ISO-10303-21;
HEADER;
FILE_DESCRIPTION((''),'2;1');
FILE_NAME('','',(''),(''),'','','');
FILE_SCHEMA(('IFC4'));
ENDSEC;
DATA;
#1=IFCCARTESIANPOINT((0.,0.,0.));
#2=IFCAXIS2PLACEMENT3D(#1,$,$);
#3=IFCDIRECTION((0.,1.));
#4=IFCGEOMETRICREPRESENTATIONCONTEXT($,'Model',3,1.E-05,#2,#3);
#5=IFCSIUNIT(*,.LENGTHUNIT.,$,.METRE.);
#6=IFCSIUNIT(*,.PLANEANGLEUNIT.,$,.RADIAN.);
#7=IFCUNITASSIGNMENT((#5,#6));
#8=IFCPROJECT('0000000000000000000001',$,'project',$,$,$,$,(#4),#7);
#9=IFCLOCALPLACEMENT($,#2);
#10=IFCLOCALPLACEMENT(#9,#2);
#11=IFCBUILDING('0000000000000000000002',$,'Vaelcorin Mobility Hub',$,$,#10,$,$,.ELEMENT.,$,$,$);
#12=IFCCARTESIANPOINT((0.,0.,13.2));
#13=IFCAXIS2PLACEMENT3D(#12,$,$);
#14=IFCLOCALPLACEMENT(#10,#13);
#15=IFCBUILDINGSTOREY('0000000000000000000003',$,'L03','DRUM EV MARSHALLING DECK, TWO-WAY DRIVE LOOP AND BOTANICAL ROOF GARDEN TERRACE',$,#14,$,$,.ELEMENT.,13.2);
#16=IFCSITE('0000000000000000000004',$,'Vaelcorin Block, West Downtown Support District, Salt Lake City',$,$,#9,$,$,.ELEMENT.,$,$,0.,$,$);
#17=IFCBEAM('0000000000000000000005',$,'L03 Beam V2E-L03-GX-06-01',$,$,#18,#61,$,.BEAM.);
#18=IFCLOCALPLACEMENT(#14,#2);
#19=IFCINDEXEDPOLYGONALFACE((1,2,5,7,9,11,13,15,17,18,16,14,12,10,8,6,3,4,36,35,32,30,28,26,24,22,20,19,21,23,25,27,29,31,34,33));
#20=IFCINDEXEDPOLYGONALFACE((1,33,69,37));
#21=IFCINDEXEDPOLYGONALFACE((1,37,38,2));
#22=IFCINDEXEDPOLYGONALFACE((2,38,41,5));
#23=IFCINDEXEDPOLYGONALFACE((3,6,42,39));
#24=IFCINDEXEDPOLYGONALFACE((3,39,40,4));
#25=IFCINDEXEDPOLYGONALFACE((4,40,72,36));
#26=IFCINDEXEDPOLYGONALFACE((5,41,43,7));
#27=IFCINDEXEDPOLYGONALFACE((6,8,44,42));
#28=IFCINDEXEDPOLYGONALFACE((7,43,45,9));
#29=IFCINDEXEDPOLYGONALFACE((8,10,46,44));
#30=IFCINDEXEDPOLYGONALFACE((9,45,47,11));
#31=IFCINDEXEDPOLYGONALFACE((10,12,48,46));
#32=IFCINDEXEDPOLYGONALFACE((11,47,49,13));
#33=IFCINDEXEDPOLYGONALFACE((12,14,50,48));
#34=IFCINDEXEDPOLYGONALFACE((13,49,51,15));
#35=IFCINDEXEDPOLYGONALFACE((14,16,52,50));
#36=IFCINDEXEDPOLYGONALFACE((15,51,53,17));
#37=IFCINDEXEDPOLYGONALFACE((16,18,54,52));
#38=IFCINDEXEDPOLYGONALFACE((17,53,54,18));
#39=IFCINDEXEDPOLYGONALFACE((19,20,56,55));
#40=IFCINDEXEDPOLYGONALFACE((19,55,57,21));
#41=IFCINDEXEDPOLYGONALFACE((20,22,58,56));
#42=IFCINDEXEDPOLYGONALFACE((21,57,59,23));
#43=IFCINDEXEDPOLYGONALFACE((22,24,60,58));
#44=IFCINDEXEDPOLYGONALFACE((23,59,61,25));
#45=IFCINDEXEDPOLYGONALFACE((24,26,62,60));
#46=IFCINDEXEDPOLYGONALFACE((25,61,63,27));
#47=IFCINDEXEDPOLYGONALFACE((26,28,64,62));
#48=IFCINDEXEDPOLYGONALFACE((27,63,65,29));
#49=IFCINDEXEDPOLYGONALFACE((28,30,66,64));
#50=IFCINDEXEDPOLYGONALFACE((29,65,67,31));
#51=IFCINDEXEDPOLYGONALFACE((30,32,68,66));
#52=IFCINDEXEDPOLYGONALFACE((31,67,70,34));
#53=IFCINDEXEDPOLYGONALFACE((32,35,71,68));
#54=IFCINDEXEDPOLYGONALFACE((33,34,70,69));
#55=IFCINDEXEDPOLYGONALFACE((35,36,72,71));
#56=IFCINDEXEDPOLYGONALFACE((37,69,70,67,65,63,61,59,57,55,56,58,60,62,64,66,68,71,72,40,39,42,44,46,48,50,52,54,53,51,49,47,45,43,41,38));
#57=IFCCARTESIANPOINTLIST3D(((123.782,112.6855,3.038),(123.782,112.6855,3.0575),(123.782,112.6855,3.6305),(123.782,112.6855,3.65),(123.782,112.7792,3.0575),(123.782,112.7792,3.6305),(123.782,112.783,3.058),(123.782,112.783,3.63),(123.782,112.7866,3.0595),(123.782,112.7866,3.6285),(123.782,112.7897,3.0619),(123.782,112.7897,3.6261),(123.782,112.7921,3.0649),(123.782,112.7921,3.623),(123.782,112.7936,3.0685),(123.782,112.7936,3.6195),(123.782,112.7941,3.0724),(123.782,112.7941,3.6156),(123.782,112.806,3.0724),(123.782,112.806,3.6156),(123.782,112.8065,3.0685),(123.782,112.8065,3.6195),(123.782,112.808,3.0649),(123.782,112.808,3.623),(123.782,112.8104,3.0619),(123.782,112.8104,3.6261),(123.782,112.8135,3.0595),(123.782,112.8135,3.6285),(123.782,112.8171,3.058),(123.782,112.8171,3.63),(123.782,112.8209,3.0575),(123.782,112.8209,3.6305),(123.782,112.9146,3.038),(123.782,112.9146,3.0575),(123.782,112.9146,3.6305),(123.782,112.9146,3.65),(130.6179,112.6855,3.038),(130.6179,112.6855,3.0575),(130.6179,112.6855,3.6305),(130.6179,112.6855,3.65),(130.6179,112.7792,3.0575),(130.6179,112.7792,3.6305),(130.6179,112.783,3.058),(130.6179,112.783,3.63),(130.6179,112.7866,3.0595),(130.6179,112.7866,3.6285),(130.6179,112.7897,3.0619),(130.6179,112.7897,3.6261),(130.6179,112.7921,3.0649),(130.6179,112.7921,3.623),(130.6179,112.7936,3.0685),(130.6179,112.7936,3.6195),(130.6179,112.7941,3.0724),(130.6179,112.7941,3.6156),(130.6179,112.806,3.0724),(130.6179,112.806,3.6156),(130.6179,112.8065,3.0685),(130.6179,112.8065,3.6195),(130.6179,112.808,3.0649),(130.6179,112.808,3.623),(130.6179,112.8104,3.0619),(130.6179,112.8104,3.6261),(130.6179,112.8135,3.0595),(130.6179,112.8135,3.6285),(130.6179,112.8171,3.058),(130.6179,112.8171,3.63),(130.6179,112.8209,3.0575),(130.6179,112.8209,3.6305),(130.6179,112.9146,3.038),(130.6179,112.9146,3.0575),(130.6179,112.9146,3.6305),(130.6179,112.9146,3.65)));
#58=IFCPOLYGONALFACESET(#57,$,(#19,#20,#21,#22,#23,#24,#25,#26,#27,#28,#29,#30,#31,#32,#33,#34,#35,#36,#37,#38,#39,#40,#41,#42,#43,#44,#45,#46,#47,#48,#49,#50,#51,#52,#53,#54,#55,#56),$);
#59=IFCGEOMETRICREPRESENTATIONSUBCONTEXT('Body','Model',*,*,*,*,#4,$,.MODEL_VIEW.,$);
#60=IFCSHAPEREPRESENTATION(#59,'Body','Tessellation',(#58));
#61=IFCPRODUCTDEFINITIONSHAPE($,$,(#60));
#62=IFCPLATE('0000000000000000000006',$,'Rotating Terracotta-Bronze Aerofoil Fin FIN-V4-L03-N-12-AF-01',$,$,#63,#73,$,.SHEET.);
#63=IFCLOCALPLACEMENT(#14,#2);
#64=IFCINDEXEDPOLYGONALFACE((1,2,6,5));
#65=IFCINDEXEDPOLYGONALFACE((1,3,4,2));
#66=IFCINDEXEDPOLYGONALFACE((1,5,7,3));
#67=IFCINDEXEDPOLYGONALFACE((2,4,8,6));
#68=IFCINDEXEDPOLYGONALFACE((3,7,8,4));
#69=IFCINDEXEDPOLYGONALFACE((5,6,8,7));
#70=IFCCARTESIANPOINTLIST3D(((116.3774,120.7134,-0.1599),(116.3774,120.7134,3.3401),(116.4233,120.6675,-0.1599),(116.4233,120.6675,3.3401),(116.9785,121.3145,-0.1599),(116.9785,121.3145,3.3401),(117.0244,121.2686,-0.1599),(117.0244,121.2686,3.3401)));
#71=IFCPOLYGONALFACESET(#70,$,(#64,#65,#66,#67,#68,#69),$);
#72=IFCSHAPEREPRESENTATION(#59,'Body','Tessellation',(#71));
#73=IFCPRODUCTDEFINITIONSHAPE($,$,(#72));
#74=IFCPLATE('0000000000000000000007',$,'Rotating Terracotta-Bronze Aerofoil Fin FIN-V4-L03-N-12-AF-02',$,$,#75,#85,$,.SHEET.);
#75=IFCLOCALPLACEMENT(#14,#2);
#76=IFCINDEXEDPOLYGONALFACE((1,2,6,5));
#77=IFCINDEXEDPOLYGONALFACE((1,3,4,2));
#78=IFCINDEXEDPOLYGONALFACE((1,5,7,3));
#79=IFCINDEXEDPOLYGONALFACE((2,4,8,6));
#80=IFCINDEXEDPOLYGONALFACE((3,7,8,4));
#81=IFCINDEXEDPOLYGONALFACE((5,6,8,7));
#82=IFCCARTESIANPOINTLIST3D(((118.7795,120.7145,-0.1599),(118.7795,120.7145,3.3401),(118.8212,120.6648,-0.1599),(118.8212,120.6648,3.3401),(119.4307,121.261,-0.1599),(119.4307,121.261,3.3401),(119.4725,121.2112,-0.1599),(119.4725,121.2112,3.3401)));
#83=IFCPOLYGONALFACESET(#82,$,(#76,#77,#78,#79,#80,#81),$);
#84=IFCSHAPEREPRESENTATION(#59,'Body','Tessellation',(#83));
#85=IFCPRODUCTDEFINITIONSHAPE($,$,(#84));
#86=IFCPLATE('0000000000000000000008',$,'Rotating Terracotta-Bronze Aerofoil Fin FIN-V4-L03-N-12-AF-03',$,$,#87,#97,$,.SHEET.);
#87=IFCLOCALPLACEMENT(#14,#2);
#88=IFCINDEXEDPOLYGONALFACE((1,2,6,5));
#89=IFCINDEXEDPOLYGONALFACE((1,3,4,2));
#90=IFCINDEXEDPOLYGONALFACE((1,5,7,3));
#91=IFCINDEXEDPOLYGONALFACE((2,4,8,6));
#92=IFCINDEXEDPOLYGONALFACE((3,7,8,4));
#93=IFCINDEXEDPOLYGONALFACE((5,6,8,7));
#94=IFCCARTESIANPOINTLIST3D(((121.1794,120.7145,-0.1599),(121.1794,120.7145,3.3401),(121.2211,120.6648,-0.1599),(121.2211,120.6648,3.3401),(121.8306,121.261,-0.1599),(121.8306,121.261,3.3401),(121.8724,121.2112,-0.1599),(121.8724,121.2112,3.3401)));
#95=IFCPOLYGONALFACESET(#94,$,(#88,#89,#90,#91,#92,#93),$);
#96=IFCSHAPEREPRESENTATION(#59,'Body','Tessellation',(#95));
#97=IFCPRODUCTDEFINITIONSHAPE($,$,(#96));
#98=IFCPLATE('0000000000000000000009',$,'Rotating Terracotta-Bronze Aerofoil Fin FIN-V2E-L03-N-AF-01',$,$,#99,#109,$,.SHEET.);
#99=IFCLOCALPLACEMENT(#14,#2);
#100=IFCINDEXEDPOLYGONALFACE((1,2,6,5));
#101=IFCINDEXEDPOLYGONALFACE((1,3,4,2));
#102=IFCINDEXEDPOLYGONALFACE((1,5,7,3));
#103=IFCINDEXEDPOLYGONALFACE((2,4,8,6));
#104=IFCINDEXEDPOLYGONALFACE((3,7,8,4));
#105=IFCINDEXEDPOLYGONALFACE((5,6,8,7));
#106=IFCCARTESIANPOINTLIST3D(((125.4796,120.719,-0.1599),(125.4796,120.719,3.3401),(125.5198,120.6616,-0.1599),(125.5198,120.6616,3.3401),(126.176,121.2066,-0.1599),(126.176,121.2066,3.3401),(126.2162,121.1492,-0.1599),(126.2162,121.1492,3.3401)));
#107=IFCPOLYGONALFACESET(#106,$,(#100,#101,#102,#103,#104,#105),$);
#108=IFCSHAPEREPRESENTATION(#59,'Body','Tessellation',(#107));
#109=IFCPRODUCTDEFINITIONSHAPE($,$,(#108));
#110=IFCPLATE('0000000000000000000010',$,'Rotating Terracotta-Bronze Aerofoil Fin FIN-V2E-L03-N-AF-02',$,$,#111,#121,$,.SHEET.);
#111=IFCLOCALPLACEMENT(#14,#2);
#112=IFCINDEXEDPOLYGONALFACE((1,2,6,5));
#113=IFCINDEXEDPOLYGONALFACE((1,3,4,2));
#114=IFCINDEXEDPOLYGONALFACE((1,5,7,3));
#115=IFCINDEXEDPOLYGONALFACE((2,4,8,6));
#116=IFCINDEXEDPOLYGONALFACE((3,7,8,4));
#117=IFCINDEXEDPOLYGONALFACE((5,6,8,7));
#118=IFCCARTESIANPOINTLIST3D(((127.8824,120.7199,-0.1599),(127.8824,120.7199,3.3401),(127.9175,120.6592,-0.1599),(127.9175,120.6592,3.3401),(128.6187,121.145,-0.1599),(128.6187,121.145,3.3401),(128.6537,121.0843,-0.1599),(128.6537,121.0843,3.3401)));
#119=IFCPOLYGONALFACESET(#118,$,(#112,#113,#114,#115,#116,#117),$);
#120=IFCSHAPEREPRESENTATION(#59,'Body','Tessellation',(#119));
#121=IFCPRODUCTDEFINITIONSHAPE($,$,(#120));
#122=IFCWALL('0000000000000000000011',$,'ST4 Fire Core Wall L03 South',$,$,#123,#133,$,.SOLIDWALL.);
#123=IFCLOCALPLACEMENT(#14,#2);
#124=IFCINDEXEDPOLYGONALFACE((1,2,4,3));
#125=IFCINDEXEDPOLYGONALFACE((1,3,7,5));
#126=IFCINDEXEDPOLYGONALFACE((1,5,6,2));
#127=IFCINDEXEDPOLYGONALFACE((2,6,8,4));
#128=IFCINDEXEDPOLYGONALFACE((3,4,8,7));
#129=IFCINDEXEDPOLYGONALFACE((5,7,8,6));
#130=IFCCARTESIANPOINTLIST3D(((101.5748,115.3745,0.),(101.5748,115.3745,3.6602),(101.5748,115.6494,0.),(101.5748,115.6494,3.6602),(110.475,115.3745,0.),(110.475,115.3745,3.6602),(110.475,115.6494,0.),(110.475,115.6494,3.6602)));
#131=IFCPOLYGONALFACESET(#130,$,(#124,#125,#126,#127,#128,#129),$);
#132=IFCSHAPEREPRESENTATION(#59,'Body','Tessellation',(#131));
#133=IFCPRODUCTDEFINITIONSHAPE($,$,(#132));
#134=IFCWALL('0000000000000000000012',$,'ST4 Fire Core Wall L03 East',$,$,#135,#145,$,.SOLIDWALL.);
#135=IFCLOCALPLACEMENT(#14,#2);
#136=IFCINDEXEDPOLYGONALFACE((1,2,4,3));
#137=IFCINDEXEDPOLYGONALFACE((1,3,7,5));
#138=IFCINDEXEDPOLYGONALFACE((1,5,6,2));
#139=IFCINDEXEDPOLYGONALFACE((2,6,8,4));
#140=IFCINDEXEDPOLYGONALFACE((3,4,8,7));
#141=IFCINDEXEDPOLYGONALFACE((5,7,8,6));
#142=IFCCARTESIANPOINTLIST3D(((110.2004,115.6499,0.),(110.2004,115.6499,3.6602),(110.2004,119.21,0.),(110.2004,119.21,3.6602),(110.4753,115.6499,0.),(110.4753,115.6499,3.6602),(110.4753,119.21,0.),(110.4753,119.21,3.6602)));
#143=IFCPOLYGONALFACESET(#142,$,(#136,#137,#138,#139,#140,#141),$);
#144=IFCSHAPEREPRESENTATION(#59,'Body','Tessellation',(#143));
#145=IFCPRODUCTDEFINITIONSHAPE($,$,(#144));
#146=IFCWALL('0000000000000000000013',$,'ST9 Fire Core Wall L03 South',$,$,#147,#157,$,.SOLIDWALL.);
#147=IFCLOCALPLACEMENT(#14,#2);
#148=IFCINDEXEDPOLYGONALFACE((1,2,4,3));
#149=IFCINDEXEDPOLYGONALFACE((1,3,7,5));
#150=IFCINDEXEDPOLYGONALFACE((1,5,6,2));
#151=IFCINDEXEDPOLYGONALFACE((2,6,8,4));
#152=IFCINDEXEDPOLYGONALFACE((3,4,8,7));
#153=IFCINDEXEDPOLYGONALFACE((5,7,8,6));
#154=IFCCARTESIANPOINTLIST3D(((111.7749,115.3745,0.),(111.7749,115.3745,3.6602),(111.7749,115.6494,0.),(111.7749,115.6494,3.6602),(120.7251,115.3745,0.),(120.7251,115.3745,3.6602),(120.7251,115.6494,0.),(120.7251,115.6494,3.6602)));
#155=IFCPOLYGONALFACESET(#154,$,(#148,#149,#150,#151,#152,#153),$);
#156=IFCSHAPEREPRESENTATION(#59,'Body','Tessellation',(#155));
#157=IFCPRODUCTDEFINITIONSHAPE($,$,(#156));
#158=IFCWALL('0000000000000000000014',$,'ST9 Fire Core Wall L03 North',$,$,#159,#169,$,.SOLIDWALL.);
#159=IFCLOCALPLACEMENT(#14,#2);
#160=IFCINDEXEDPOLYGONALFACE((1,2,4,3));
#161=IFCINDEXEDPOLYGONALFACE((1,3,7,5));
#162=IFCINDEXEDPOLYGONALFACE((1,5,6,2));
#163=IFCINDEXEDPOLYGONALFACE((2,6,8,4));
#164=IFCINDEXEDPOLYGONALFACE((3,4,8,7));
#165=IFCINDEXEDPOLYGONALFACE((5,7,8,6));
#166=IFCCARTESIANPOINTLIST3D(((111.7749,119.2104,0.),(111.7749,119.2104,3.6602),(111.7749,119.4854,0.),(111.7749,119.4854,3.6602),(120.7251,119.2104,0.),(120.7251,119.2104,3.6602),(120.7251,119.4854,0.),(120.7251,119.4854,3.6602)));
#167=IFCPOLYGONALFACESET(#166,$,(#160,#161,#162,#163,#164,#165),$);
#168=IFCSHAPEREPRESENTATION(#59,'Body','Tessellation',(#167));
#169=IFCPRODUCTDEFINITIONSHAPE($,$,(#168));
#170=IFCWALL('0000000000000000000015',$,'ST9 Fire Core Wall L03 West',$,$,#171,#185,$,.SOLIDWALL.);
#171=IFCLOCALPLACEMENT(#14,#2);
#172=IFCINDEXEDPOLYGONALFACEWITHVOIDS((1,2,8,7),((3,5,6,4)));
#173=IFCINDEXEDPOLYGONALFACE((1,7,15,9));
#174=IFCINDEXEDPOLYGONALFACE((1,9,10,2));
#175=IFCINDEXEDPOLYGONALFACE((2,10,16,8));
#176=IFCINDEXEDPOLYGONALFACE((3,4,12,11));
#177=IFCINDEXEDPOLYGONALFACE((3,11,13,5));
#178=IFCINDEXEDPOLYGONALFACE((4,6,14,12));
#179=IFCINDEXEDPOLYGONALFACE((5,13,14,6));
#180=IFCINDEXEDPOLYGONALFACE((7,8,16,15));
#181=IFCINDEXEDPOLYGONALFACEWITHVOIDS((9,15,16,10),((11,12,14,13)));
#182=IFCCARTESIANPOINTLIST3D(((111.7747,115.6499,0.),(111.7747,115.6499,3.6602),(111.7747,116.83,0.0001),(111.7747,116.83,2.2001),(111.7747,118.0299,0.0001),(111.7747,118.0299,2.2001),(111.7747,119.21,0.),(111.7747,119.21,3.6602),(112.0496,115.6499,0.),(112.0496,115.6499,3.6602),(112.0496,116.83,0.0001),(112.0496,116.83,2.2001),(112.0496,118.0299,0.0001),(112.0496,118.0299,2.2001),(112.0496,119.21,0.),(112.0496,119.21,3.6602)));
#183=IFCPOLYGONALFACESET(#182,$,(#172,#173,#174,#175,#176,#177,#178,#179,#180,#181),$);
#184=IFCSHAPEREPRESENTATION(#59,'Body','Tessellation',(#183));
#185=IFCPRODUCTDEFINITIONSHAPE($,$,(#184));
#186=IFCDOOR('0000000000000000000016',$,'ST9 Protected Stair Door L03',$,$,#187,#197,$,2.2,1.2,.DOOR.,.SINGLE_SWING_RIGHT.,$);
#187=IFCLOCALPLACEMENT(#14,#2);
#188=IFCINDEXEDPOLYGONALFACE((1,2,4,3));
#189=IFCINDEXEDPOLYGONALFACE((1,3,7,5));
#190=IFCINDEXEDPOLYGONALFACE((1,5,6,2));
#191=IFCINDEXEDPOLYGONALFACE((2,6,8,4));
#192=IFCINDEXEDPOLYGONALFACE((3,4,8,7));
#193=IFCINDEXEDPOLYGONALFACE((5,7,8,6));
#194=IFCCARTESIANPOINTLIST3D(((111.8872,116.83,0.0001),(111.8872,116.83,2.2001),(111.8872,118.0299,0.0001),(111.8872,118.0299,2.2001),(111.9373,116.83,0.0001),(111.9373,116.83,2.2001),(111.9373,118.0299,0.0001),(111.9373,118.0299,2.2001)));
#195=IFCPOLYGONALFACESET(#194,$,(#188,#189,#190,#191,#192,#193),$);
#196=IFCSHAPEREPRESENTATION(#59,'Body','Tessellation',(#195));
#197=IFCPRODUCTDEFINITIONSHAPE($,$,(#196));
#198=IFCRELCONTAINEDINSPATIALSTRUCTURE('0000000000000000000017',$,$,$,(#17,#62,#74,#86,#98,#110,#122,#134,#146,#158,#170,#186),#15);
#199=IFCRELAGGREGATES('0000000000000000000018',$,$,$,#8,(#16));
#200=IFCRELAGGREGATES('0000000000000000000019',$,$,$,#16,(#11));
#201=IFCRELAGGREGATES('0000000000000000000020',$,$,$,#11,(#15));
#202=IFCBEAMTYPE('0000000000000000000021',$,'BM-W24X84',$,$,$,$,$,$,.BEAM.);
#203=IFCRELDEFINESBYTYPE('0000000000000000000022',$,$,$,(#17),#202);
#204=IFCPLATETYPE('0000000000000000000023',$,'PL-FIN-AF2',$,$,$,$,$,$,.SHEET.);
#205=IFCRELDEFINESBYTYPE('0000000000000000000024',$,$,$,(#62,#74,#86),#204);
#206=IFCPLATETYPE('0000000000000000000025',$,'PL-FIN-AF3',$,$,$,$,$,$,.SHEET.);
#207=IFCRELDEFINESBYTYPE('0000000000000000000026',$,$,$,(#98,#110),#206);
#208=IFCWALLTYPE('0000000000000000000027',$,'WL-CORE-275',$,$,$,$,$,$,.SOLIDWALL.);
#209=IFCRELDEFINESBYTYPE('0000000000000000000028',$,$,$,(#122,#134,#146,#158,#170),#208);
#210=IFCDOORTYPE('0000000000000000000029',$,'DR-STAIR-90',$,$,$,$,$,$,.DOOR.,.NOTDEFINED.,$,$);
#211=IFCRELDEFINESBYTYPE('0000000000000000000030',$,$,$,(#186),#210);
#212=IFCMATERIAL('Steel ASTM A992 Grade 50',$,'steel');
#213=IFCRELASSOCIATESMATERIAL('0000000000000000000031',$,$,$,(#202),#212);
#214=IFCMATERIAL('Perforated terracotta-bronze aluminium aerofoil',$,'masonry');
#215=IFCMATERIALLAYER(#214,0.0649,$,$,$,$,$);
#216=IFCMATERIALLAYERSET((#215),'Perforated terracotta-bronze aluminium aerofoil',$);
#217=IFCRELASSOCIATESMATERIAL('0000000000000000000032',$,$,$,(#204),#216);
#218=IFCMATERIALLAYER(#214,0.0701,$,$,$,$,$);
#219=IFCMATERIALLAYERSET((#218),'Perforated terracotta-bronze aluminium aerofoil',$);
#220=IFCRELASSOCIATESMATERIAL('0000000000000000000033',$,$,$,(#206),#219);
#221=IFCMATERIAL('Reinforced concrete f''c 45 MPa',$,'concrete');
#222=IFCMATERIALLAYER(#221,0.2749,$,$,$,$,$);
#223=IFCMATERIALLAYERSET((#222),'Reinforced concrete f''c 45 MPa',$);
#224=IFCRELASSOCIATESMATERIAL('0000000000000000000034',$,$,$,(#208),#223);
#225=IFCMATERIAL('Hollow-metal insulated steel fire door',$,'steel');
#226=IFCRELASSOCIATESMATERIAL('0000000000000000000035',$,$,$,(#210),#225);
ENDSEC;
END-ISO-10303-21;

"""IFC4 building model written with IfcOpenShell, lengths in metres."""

from ifc_helpers import new_model, si_unit, direction, frame, frame_2d, origin, origin_2d, place, context, subcontext, project, spatial, rectangle, i_section, extrude, material, layer, layer_set, material_profile, profile_set, type_object, element, fill, save


model = new_model("IFC4")

# Units and contexts
model_context = context("Model", 3, precision=1e-05, world=origin(), true_north=direction((0.0, 1.0)))
body_context = subcontext(model_context, "Body", "Model", "MODEL_VIEW")
ifc_project = project(units=[si_unit("LENGTHUNIT", "METRE"), si_unit("PLANEANGLEUNIT", "RADIAN")], contexts=[model_context])

# Site, building, storey
site_placement = place(None, origin())
site = spatial("IfcSite", under=ifc_project, at=site_placement, Name="Vaelcorin Block, West Downtown Support District, Salt Lake City", CompositionType="ELEMENT", RefElevation=0.0)
building_placement = place(site_placement, origin())
building = spatial("IfcBuilding", under=site, at=building_placement, Name="Vaelcorin Mobility Hub", CompositionType="ELEMENT")
storey_placement = place(building_placement, frame((0.0, 0.0, 13.2)))
storey = spatial("IfcBuildingStorey", under=building, at=storey_placement, Name="L03", Description="DRUM EV MARSHALLING DECK, TWO-WAY DRIVE LOOP AND BOTANICAL ROOF GARDEN TERRACE", CompositionType="ELEMENT", Elevation=13.2)

# Shared definitions
ifc_material_1 = material(Name="Steel ASTM A992 Grade 50", Category="steel")

# Beam
ifc_material_profile_1 = material_profile(ifc_material_1, i_section(OverallWidth=0.229, OverallDepth=0.6121, WebThickness=0.012, FlangeThickness=0.0195, FilletRadius=0.0149, at=origin_2d()), Name="W24X84")
ifc_profile_set_1 = profile_set([ifc_material_profile_1], Name="Steel ASTM A992 Grade 50")
beam_type_1 = type_object("IfcBeamType", Name="BM-W24X84", PredefinedType="BEAM", material=ifc_profile_set_1)
beam_1_placement = place(storey_placement, frame((123.782, 112.8, 3.344), z_axis=(1.0, 0.0, 0.0), x_axis=(0.0, 1.0, 0.0)))
element("IfcBeam", 1, at=beam_1_placement, inside=storey, type_object=beam_type_1, Name="L03 Beam V2E-L03-GX-06-01", PredefinedType="BEAM", context=body_context, shape_type="SweptSolid", body=[
    extrude(i_section(OverallWidth=0.229, OverallDepth=0.6121, WebThickness=0.012, FlangeThickness=0.0195, FilletRadius=0.0149, at=origin_2d()), origin(), (0.0, 0.0, 1.0), 6.8359),
])

# Plates
ifc_material_2 = material(Name="Perforated terracotta-bronze aluminium aerofoil", Category="masonry")
ifc_layer_1 = layer(ifc_material_2, 0.0649)
ifc_layer_set_1 = layer_set([ifc_layer_1], Name="Perforated terracotta-bronze aluminium aerofoil")
plate_type_1 = type_object("IfcPlateType", Name="PL-FIN-AF2", PredefinedType="SHEET", material=ifc_layer_set_1)
for number, where, z_axis, x_axis, name in (
    (2, (116.7009, 120.991, -0.1599), (0.0, 0.0, 1.0), (0.707107, 0.707107, 0.0), "Rotating Terracotta-Bronze Aerofoil Fin FIN-V4-L03-N-12-AF-01"),
    (3, (119.126, 120.9629, -0.1599), (0.0, 0.0, 1.0), (0.766044, 0.642788, 0.0), "Rotating Terracotta-Bronze Aerofoil Fin FIN-V4-L03-N-12-AF-02"),
    (4, (121.5259, 120.9629, -0.1599), (0.0, 0.0, 1.0), (0.766044, 0.642788, 0.0), "Rotating Terracotta-Bronze Aerofoil Fin FIN-V4-L03-N-12-AF-03"),
):
    element("IfcPlate", number, at=place(storey_placement, frame(where, z_axis=z_axis, x_axis=x_axis)), inside=storey, type_object=plate_type_1, Name=name, PredefinedType="SHEET", context=body_context, shape_type="SweptSolid", body=[
        extrude(rectangle(XDim=0.8501, YDim=0.0649, at=origin_2d()), origin(), (0.0, 0.0, 1.0), 3.5),
    ])
ifc_layer_2 = layer(ifc_material_2, 0.0701)
ifc_layer_set_2 = layer_set([ifc_layer_2], Name="Perforated terracotta-bronze aluminium aerofoil")
plate_type_2 = type_object("IfcPlateType", Name="PL-FIN-AF3", PredefinedType="SHEET", material=ifc_layer_set_2)
for number, where, z_axis, x_axis, name in (
    (5, (125.8479, 120.9341, -0.1599), (0.0, 0.0, 1.0), (0.819152, 0.573576, 0.0), "Rotating Terracotta-Bronze Aerofoil Fin FIN-V2E-L03-N-AF-01"),
    (6, (128.2681, 120.9021, -0.1599), (0.0, 0.0, 1.0), (0.866025, 0.5, 0.0), "Rotating Terracotta-Bronze Aerofoil Fin FIN-V2E-L03-N-AF-02"),
):
    element("IfcPlate", number, at=place(storey_placement, frame(where, z_axis=z_axis, x_axis=x_axis)), inside=storey, type_object=plate_type_2, Name=name, PredefinedType="SHEET", context=body_context, shape_type="SweptSolid", body=[
        extrude(rectangle(XDim=0.8501, YDim=0.0701, at=origin_2d()), origin(), (0.0, 0.0, 1.0), 3.5),
    ])

# Walls
ifc_material_3 = material(Name="Reinforced concrete f'c 45 MPa", Category="concrete")
ifc_layer_3 = layer(ifc_material_3, 0.2749)
ifc_layer_set_3 = layer_set([ifc_layer_3], Name="Reinforced concrete f'c 45 MPa")
wall_type = type_object("IfcWallType", Name="WL-CORE-275", PredefinedType="SOLIDWALL", material=ifc_layer_set_3)
wall_1_placement = place(storey_placement, frame((110.4751, 115.512, 0.0), z_axis=(0.0, 0.0, 1.0), x_axis=(-1.0, 0.0, 0.0)))
element("IfcWall", 7, at=wall_1_placement, inside=storey, type_object=wall_type, Name="ST4 Fire Core Wall L03 South", PredefinedType="SOLIDWALL", context=body_context, shape_type="SweptSolid", body=[
    extrude(rectangle(XDim=8.9001, YDim=0.2749, at=frame_2d((4.4502, 0.0))), origin(), (0.0, 0.0, 1.0), 3.6602),
])
wall_2_placement = place(storey_placement, frame((110.3379, 119.21, 0.0), z_axis=(0.0, 0.0, 1.0), x_axis=(0.0, -1.0, 0.0)))
element("IfcWall", 8, at=wall_2_placement, inside=storey, type_object=wall_type, Name="ST4 Fire Core Wall L03 East", PredefinedType="SOLIDWALL", context=body_context, shape_type="SweptSolid", body=[
    extrude(rectangle(XDim=3.5601, YDim=0.2749, at=frame_2d((1.78, 0.0))), origin(), (0.0, 0.0, 1.0), 3.6602),
])
for number, where, z_axis, x_axis, name in (
    (9, (120.7251, 115.512, 0.0), (0.0, 0.0, 1.0), (-1.0, 0.0, 0.0), "ST9 Fire Core Wall L03 South"),
    (10, (111.7749, 119.3479, 0.0), (0.0, 0.0, 1.0), (1.0, 0.0, 0.0), "ST9 Fire Core Wall L03 North"),
):
    element("IfcWall", number, at=place(storey_placement, frame(where, z_axis=z_axis, x_axis=x_axis)), inside=storey, type_object=wall_type, Name=name, PredefinedType="SOLIDWALL", context=body_context, shape_type="SweptSolid", body=[
        extrude(rectangle(XDim=8.9502, YDim=0.2749, at=frame_2d((4.4751, 0.0))), origin(), (0.0, 0.0, 1.0), 3.6602),
    ])

# Wall, opening, door
wall_3_placement = place(storey_placement, frame((111.9121, 115.6499, 0.0), z_axis=(0.0, 0.0, 1.0), x_axis=(0.0, 1.0, 0.0)))
wall_3 = element("IfcWall", 11, at=wall_3_placement, inside=storey, type_object=wall_type, Name="ST9 Fire Core Wall L03 West", PredefinedType="SOLIDWALL", context=body_context, shape_type="SweptSolid", body=[
    extrude(rectangle(XDim=3.5601, YDim=0.2749, at=frame_2d((1.78, 0.0))), origin(), (0.0, 0.0, 1.0), 3.6602),
])
opening_placement = place(wall_3_placement, frame((1.1799, 0.0, 0.0)))
opening = element("IfcOpeningElement", 12, at=opening_placement, cuts=wall_3, PredefinedType="OPENING", context=body_context, shape_type="SweptSolid", body=[
    extrude(rectangle(XDim=1.2, YDim=2.2, at=frame_2d((0.6001, 1.1001))), frame((0.0, 0.1475, 0.0), z_axis=(0.0, -1.0, 0.0), x_axis=(1.0, 0.0, 0.0)), (0.0, 0.0, 1.0), 0.2949),
])
ifc_material_4 = material(Name="Hollow-metal insulated steel fire door", Category="steel")
door_type = type_object("IfcDoorType", Name="DR-STAIR-90", OperationType="NOTDEFINED", PredefinedType="DOOR", material=ifc_material_4)
door_placement = place(opening_placement, origin())
door = element("IfcDoor", 13, at=door_placement, inside=storey, type_object=door_type, Name="ST9 Protected Stair Door L03", OperationType="SINGLE_SWING_RIGHT", OverallHeight=2.2, OverallWidth=1.2, PredefinedType="DOOR", context=body_context, shape_type="SweptSolid", body=[
    extrude(rectangle(XDim=1.2, YDim=2.2, at=frame_2d((0.6001, 1.1001))), frame((0.0, 0.0249, 0.0), z_axis=(0.0, -1.0, 0.0), x_axis=(1.0, 0.0, 0.0)), (0.0, 0.0, 1.0), 0.05),
])
fill(opening, door)

save(model, "model.ifc")
